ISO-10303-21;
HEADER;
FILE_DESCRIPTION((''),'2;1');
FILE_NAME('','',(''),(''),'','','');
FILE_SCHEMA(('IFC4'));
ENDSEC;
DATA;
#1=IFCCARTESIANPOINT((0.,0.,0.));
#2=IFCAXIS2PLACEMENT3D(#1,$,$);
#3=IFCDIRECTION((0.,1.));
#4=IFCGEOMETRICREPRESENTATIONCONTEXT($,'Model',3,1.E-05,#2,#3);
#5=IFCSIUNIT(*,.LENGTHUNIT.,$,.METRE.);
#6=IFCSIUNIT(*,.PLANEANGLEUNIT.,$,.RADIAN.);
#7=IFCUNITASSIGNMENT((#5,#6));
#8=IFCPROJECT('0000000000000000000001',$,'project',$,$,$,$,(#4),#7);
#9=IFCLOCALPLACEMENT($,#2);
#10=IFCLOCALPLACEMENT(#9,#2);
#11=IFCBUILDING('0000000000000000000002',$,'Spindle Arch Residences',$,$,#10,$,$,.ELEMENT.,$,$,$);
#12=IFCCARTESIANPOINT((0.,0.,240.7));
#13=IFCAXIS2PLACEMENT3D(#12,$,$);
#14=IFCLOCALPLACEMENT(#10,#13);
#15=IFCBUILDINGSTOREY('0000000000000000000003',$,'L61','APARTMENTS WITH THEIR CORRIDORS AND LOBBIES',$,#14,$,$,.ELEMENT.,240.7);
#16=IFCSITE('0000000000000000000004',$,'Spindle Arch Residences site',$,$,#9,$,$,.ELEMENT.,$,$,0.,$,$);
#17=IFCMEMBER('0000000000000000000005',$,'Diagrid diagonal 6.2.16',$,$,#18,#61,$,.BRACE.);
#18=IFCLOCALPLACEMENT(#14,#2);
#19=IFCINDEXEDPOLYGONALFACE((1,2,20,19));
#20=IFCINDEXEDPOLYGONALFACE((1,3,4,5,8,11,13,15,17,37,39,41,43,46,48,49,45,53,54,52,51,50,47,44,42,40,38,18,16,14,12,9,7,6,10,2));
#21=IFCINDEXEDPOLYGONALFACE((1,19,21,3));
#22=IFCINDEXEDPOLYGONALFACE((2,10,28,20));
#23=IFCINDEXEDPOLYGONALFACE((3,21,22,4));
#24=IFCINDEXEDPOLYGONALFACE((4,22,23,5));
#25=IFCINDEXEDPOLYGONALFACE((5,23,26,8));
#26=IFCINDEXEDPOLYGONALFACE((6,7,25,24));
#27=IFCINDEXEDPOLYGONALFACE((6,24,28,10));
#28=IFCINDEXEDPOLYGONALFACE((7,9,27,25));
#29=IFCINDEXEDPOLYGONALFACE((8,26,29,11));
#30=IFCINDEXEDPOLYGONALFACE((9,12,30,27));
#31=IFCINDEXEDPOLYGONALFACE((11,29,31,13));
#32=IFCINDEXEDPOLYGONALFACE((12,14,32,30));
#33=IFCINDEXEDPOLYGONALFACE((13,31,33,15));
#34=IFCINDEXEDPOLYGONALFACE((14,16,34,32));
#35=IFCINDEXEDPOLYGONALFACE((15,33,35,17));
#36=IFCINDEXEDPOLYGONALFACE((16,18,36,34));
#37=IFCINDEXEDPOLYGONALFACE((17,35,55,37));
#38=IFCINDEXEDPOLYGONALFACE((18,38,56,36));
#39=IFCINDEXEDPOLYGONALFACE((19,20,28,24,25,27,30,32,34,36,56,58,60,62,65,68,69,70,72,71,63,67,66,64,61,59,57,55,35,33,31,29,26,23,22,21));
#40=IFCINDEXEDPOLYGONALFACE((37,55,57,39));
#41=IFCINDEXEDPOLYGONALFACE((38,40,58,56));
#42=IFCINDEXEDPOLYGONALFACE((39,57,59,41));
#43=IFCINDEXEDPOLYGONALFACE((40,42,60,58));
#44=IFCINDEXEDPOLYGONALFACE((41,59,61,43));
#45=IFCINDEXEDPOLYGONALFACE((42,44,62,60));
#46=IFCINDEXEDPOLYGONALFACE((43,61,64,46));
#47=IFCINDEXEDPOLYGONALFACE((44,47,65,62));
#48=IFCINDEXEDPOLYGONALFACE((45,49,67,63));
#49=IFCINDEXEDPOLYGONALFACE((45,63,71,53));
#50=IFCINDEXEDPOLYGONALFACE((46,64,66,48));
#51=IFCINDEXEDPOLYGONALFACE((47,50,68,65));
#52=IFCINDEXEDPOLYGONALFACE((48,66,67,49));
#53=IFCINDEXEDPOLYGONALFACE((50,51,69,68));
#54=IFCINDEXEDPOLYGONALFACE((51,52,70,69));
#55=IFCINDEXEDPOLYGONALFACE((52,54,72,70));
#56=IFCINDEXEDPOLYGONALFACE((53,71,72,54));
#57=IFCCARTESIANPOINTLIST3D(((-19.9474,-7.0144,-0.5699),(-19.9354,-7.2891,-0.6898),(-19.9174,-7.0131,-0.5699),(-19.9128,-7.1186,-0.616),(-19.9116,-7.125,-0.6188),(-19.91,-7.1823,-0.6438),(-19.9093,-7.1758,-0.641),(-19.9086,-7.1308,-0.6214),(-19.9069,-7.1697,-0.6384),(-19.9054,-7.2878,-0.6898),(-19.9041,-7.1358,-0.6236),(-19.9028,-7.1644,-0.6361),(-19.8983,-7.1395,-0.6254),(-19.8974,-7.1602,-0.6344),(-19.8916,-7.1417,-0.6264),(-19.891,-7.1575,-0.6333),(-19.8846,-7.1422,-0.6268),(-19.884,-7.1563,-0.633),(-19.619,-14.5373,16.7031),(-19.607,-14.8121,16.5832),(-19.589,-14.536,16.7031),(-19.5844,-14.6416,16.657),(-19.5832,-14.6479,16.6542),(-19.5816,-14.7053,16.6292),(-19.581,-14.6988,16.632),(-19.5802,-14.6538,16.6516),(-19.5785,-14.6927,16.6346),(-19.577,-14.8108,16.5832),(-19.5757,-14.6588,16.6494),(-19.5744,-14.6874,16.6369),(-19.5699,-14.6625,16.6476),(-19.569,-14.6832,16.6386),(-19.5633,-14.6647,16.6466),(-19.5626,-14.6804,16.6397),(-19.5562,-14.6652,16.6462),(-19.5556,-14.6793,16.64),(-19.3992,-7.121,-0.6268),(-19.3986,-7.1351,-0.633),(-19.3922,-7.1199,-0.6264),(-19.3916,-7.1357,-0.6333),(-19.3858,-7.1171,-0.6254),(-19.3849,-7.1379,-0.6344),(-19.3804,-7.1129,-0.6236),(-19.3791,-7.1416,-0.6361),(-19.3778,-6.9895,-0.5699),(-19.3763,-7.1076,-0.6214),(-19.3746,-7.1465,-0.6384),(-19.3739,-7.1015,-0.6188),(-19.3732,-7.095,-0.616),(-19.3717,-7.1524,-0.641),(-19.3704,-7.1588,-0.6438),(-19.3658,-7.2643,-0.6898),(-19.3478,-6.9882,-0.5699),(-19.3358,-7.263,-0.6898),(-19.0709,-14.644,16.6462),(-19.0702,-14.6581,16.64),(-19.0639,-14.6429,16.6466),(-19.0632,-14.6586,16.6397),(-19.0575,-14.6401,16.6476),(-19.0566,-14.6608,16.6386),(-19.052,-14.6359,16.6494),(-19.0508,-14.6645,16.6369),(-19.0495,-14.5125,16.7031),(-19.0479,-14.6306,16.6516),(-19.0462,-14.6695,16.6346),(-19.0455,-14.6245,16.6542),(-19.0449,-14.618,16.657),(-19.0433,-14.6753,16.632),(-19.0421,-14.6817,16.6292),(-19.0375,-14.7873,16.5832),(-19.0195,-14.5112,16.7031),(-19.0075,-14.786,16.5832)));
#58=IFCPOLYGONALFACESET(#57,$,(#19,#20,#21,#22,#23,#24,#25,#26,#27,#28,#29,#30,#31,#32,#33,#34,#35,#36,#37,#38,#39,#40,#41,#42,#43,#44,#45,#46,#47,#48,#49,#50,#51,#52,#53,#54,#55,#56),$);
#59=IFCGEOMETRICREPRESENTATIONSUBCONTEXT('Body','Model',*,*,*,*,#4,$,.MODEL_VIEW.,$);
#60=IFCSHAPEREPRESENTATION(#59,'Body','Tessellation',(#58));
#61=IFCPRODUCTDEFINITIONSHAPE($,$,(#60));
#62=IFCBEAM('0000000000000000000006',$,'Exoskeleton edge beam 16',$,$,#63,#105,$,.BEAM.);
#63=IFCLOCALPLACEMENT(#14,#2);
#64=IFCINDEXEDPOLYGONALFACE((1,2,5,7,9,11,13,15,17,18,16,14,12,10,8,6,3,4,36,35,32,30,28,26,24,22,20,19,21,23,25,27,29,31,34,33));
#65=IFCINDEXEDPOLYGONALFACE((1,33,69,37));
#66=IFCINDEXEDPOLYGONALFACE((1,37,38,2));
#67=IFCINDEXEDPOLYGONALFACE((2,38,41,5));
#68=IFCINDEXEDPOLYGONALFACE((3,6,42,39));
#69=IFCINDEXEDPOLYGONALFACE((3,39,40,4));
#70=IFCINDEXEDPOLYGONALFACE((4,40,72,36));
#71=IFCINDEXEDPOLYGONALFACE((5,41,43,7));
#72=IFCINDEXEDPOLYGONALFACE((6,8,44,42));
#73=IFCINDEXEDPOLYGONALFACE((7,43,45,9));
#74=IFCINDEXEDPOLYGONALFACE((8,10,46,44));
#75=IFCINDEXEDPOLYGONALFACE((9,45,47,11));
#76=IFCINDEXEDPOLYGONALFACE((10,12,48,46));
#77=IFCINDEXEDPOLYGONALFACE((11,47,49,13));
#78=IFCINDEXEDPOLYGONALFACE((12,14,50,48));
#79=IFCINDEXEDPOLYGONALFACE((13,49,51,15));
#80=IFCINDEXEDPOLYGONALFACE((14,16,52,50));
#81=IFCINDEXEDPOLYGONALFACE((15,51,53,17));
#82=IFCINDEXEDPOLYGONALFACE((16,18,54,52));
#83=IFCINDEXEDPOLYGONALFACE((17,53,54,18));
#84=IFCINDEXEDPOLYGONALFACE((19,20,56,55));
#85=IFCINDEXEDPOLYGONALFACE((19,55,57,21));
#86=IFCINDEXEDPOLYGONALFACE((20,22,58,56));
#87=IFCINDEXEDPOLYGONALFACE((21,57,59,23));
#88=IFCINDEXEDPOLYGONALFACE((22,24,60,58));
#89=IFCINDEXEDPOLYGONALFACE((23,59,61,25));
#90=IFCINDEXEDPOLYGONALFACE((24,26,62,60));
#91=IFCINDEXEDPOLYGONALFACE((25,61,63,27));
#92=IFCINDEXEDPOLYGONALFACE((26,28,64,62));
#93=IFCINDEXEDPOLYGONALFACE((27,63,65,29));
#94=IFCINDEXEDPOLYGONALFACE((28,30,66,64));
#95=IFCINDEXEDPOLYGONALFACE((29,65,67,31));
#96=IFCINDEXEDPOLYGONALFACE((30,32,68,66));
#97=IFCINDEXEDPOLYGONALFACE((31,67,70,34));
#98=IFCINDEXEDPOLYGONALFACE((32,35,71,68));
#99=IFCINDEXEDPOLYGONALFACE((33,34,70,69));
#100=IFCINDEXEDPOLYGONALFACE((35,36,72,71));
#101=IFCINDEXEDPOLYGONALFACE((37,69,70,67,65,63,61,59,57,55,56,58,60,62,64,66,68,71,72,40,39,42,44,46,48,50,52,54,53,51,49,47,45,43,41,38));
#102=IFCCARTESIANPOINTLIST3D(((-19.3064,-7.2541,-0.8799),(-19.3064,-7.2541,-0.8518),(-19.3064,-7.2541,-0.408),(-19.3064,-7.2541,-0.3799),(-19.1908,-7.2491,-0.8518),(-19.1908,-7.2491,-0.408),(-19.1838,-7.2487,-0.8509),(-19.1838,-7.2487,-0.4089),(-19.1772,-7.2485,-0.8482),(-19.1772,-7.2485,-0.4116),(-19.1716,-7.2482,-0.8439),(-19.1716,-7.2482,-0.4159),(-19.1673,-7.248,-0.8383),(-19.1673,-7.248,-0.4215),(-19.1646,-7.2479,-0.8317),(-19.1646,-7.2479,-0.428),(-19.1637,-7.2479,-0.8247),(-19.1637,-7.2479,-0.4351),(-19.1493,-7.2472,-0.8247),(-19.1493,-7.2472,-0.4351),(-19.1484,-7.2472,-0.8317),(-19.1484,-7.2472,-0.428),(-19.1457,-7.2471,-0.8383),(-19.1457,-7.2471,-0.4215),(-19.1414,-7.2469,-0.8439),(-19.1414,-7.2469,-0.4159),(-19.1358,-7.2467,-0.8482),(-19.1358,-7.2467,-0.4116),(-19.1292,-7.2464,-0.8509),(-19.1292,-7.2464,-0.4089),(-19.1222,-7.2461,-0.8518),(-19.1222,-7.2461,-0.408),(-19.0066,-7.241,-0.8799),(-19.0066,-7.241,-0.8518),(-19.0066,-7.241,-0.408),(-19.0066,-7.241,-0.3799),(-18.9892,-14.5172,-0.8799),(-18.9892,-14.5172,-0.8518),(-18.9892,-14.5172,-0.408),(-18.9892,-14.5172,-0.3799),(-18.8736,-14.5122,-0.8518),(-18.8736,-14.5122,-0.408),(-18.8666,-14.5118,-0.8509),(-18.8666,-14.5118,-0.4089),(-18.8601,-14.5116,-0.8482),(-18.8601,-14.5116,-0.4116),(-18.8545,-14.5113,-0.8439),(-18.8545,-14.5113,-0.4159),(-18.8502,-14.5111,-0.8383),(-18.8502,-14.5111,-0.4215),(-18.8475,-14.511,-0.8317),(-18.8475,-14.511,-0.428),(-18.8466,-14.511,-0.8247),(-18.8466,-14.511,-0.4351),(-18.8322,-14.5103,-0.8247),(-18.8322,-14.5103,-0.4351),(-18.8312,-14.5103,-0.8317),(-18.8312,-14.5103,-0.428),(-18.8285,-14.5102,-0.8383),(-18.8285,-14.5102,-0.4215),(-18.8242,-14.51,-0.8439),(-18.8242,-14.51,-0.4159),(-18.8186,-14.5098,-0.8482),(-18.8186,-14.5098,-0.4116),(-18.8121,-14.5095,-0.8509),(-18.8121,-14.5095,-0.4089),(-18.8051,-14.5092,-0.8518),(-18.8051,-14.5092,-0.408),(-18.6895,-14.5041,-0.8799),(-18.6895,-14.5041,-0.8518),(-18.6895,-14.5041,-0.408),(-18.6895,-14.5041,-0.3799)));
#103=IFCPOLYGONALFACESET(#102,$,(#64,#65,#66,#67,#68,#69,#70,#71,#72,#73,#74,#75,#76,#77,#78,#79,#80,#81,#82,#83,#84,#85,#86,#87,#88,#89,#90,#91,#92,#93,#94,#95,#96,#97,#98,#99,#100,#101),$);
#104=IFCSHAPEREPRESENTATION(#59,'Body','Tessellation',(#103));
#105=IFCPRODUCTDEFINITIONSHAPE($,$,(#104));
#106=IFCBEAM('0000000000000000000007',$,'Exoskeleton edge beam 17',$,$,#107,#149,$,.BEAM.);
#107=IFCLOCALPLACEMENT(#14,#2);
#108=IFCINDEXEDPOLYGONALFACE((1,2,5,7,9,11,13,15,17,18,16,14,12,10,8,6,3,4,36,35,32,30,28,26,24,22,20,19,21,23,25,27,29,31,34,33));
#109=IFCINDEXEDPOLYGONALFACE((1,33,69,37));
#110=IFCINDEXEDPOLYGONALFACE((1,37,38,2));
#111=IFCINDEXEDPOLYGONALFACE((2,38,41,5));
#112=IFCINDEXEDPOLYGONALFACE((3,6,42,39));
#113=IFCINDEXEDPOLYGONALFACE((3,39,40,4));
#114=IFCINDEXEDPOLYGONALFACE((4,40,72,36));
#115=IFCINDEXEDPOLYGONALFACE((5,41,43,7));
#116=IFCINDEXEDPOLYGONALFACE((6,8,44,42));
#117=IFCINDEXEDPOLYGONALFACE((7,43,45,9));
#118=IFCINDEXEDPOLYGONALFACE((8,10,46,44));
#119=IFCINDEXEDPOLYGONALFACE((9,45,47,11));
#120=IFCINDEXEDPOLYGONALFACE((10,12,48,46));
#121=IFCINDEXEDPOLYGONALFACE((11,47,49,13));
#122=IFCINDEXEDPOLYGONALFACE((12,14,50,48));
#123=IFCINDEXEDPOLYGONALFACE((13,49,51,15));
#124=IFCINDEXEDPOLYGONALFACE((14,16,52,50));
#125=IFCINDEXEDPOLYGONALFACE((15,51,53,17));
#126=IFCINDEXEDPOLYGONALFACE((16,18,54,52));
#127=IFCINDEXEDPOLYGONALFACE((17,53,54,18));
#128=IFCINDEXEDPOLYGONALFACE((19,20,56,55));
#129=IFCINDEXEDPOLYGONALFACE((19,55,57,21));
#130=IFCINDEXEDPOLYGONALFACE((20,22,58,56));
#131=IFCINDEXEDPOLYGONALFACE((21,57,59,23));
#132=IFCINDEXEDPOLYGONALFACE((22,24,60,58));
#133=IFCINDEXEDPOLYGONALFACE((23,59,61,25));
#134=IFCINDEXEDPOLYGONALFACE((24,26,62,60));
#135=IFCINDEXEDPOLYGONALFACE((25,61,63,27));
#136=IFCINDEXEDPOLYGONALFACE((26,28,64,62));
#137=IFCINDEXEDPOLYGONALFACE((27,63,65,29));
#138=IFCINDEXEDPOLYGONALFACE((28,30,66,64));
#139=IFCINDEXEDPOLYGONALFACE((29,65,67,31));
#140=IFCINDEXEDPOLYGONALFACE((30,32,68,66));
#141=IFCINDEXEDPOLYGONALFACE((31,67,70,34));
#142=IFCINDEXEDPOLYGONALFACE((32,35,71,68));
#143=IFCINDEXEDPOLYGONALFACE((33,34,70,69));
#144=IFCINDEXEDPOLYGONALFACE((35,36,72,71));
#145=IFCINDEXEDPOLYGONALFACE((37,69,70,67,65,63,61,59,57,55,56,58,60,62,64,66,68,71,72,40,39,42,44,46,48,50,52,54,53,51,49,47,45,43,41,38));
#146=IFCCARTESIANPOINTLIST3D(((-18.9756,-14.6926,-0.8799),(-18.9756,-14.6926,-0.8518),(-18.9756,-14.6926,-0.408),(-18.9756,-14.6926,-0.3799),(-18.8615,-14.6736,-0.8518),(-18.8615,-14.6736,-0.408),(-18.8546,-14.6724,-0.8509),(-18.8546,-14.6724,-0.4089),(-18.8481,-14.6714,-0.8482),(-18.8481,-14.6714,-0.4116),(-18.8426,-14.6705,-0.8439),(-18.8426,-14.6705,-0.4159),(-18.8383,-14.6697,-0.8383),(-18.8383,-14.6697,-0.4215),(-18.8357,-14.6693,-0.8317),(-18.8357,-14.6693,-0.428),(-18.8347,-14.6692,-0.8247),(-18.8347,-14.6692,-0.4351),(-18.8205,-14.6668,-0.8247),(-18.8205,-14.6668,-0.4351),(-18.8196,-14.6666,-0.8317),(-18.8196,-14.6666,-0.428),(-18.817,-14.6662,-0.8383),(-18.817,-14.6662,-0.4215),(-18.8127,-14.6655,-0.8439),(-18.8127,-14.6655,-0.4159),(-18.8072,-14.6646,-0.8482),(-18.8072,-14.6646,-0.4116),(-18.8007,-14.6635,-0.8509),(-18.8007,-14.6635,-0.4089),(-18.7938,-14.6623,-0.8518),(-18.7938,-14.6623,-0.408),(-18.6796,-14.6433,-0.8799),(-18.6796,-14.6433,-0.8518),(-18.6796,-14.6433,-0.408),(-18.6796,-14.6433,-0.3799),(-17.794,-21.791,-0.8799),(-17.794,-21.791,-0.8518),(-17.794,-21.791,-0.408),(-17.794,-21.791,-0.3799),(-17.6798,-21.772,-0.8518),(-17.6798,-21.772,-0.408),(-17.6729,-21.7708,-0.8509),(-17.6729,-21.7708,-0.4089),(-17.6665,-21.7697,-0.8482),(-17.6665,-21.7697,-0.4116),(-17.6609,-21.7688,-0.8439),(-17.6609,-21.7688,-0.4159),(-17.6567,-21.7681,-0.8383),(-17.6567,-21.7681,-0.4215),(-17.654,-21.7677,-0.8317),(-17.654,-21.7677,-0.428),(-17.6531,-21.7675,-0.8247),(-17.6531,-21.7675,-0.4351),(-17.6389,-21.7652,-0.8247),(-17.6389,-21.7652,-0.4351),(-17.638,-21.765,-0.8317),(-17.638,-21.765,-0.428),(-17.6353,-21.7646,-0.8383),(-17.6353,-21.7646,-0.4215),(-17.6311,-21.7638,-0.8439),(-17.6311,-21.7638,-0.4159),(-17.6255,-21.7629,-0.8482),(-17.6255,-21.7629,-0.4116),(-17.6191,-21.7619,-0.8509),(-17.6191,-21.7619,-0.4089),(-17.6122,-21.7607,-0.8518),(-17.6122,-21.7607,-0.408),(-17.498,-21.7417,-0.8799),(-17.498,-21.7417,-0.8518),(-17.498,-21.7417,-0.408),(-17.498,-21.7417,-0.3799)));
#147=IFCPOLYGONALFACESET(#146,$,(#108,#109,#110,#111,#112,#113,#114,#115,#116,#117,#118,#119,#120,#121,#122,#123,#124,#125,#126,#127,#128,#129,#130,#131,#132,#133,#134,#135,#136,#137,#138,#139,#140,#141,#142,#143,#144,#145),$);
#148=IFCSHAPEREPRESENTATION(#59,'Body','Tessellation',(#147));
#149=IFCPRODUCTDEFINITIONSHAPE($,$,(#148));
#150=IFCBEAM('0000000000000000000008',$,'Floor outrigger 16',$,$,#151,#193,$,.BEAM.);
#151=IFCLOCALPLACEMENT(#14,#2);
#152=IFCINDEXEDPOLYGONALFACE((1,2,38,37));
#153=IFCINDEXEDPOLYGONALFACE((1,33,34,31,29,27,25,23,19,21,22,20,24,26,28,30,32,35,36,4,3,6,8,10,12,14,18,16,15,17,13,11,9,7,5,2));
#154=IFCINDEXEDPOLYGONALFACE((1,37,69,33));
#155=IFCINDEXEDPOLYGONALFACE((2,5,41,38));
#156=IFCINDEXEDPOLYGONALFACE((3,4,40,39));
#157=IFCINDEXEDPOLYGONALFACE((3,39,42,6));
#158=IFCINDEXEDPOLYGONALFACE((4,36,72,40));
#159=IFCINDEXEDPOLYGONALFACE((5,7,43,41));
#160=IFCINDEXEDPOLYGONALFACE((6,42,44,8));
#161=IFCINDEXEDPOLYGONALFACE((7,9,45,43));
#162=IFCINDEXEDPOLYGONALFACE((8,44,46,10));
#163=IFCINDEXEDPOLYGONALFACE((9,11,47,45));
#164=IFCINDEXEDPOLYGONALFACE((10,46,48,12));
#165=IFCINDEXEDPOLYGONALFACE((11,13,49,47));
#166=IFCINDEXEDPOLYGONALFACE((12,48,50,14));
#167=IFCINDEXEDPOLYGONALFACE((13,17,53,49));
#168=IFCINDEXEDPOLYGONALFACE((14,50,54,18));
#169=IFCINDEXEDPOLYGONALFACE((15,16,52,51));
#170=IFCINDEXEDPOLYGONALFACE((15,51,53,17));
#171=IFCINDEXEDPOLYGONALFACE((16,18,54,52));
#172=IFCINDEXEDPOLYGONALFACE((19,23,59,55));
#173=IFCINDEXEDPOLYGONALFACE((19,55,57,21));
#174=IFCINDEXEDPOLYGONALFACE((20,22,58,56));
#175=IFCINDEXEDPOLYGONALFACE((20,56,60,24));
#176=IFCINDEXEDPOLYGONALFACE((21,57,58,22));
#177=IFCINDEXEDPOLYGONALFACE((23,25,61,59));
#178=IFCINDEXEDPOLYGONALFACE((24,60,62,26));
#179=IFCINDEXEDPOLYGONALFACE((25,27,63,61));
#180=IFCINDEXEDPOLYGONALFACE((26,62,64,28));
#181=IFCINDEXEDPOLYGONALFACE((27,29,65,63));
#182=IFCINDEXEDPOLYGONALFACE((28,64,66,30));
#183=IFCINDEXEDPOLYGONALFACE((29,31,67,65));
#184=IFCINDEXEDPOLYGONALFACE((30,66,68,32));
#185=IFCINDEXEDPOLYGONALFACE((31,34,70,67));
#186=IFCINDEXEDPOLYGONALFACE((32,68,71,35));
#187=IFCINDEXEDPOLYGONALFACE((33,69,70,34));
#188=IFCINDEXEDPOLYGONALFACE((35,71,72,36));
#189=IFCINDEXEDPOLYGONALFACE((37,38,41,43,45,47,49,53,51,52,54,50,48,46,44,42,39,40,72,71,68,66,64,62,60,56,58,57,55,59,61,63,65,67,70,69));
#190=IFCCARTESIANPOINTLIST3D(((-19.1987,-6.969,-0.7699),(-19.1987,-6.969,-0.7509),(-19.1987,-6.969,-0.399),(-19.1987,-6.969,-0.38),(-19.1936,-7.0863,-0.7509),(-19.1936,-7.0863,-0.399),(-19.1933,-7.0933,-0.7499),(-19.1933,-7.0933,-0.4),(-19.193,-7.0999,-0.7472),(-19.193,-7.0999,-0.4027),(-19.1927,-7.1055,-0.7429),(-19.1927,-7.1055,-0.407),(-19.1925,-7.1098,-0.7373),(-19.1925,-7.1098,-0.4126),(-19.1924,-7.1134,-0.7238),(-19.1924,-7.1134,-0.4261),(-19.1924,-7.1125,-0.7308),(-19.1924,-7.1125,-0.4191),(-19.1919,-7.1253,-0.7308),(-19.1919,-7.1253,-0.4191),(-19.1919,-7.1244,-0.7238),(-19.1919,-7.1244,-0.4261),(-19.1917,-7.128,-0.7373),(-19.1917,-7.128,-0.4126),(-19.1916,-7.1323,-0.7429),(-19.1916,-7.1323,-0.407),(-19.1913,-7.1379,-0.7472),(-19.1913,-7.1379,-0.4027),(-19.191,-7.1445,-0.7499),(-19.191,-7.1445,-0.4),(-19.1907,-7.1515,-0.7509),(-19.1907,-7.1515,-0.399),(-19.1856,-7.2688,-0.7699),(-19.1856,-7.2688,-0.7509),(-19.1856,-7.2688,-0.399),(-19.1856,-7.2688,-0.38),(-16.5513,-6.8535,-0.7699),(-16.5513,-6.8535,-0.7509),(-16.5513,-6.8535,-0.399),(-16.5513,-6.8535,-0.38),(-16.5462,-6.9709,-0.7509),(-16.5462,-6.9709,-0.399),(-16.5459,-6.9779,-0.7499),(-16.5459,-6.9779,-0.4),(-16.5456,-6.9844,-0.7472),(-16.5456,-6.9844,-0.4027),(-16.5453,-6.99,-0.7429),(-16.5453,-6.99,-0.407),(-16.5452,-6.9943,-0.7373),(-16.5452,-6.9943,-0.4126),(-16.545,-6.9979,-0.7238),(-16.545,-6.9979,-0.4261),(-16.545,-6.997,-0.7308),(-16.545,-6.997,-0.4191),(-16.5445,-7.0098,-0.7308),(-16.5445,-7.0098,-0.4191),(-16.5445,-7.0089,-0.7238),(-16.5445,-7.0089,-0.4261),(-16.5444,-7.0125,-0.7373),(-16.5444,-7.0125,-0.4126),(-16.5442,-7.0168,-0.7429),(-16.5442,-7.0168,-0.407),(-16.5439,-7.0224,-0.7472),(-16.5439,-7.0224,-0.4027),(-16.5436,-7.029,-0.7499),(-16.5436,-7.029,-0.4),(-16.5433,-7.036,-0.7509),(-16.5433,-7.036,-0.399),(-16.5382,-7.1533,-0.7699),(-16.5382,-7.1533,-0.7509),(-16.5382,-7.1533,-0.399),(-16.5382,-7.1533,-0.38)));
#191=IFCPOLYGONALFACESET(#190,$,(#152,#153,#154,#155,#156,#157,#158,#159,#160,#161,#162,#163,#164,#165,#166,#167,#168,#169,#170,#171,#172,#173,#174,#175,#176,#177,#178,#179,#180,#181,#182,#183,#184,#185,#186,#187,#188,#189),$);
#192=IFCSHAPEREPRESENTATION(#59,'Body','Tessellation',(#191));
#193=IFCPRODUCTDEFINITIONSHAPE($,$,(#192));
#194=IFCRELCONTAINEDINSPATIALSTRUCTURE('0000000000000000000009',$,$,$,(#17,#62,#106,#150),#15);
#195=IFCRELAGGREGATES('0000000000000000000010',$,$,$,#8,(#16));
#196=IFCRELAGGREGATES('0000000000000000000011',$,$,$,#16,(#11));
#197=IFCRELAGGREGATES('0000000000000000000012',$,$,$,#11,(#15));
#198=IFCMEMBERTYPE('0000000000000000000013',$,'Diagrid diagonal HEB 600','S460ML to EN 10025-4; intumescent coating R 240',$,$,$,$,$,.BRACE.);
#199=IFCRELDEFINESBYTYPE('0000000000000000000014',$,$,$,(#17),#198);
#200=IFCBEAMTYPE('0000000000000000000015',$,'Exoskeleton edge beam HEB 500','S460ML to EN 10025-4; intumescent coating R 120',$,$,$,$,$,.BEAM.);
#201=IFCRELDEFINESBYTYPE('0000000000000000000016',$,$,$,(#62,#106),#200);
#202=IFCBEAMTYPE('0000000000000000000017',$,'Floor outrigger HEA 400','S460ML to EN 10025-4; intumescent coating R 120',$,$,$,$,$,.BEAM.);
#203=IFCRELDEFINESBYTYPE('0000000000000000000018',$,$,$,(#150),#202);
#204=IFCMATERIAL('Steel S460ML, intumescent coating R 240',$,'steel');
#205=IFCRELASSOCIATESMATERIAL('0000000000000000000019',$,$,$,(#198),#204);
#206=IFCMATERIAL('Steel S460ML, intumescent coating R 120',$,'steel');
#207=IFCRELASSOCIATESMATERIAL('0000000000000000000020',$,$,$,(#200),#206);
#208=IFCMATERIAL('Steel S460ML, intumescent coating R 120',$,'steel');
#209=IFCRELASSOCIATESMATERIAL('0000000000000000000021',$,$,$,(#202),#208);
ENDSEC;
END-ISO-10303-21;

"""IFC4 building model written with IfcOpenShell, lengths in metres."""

from ifc_helpers import new_model, si_unit, direction, frame, origin, origin_2d, place, context, subcontext, project, spatial, i_section, extrude, material, material_profile, profile_set, type_object, element, save


model = new_model("IFC4")

# Units and contexts
model_context = context("Model", 3, precision=1e-05, world=origin(), true_north=direction((0.0, 1.0)))
body_context = subcontext(model_context, "Body", "Model", "MODEL_VIEW")
ifc_project = project(units=[si_unit("LENGTHUNIT", "METRE"), si_unit("PLANEANGLEUNIT", "RADIAN")], contexts=[model_context])

# Site, building, storey
site_placement = place(None, origin())
site = spatial("IfcSite", under=ifc_project, at=site_placement, Name="Spindle Arch Residences site", CompositionType="ELEMENT", RefElevation=0.0)
building_placement = place(site_placement, origin())
building = spatial("IfcBuilding", under=site, at=building_placement, Name="Spindle Arch Residences", CompositionType="ELEMENT")
storey_placement = place(building_placement, frame((0.0, 0.0, 240.7)))
storey = spatial("IfcBuildingStorey", under=building, at=storey_placement, Name="L61", Description="APARTMENTS WITH THEIR CORRIDORS AND LOBBIES", CompositionType="ELEMENT", Elevation=240.7)

# Member
ifc_material_1 = material(Name="Steel S460ML, intumescent coating R 240", Category="steel")
ifc_material_profile_1 = material_profile(ifc_material_1, i_section(OverallWidth=0.3, OverallDepth=0.6001, WebThickness=0.0154, FlangeThickness=0.03, FilletRadius=0.0271, at=origin_2d()), Name="HEB 600")
ifc_profile_set_1 = profile_set([ifc_material_profile_1], Name="Steel S460ML, intumescent coating R 240")
member_type_1 = type_object("IfcMemberType", Name="Diagrid diagonal HEB 600", Description="S460ML to EN 10025-4; intumescent coating R 240", PredefinedType="BRACE", material=ifc_profile_set_1)
for number, where, z_axis, x_axis, name in (
    (1, (-19.6416, -7.1387, -0.6299), (0.017427, -0.399244, 0.916679), (-0.039974, 0.915807, 0.399625), "Diagrid diagonal 6.2.16"),
):
    element("IfcMember", number, at=place(storey_placement, frame(where, z_axis=z_axis, x_axis=x_axis)), inside=storey, type_object=member_type_1, Name=name, PredefinedType="BRACE", context=body_context, shape_type="SweptSolid", body=[
        extrude(i_section(OverallWidth=0.3, OverallDepth=0.6001, WebThickness=0.0154, FlangeThickness=0.03, FilletRadius=0.0271, at=origin_2d()), origin(), (0.0, 0.0, 1.0), 18.843),
    ])

# Beams
ifc_material_2 = material(Name="Steel S460ML, intumescent coating R 120", Category="steel")
ifc_material_profile_2 = material_profile(ifc_material_2, i_section(OverallWidth=0.3, OverallDepth=0.5, WebThickness=0.0144, FlangeThickness=0.0281, FilletRadius=0.0271, at=origin_2d()), Name="HEB 500")
ifc_profile_set_2 = profile_set([ifc_material_profile_2], Name="Steel S460ML, intumescent coating R 120")
beam_type_1 = type_object("IfcBeamType", Name="Exoskeleton edge beam HEB 500", Description="S460ML to EN 10025-4; intumescent coating R 120", PredefinedType="BEAM", material=ifc_profile_set_2)
beam_1_placement = place(storey_placement, frame((-19.1565, -7.2476, -0.6299), z_axis=(0.043622, -0.999048, 0.0), x_axis=(0.999048, 0.043622, 0.0)))
element("IfcBeam", 2, at=beam_1_placement, inside=storey, type_object=beam_type_1, Name="Exoskeleton edge beam 16", PredefinedType="BEAM", context=body_context, shape_type="SweptSolid", body=[
    extrude(i_section(OverallWidth=0.3, OverallDepth=0.5, WebThickness=0.0144, FlangeThickness=0.0281, FilletRadius=0.0271, at=origin_2d()), origin(), (0.0, 0.0, 1.0), 7.27),
])
beam_2_placement = place(storey_placement, frame((-18.8276, -14.668, -0.6299), z_axis=(0.164206, -0.986426, 0.0), x_axis=(0.986426, 0.164206, 0.0)))
element("IfcBeam", 3, at=beam_2_placement, inside=storey, type_object=beam_type_1, Name="Exoskeleton edge beam 17", PredefinedType="BEAM", context=body_context, shape_type="SweptSolid", body=[
    extrude(i_section(OverallWidth=0.3, OverallDepth=0.5, WebThickness=0.0144, FlangeThickness=0.0281, FilletRadius=0.0271, at=origin_2d()), origin(), (0.0, 0.0, 1.0), 7.196),
])
ifc_material_3 = material(Name="Steel S460ML, intumescent coating R 120", Category="steel")
ifc_material_profile_3 = material_profile(ifc_material_3, i_section(OverallWidth=0.3, OverallDepth=0.3899, WebThickness=0.011, FlangeThickness=0.019, FilletRadius=0.0271, at=origin_2d()), Name="HEA 400")
ifc_profile_set_3 = profile_set([ifc_material_profile_3], Name="Steel S460ML, intumescent coating R 120")
beam_type_2 = type_object("IfcBeamType", Name="Floor outrigger HEA 400", Description="S460ML to EN 10025-4; intumescent coating R 120", PredefinedType="BEAM", material=ifc_profile_set_3)
beam_3_placement = place(storey_placement, frame((-19.1921, -7.1189, -0.575), z_axis=(0.99905, 0.043577, 0.0), x_axis=(-0.043577, 0.99905, 0.0)))
element("IfcBeam", 4, at=beam_3_placement, inside=storey, type_object=beam_type_2, Name="Floor outrigger 16", PredefinedType="BEAM", context=body_context, shape_type="SweptSolid", body=[
    extrude(i_section(OverallWidth=0.3, OverallDepth=0.3899, WebThickness=0.011, FlangeThickness=0.019, FilletRadius=0.0271, at=origin_2d()), origin(), (0.0, 0.0, 1.0), 2.6499),
])

save(model, "model.ifc")
